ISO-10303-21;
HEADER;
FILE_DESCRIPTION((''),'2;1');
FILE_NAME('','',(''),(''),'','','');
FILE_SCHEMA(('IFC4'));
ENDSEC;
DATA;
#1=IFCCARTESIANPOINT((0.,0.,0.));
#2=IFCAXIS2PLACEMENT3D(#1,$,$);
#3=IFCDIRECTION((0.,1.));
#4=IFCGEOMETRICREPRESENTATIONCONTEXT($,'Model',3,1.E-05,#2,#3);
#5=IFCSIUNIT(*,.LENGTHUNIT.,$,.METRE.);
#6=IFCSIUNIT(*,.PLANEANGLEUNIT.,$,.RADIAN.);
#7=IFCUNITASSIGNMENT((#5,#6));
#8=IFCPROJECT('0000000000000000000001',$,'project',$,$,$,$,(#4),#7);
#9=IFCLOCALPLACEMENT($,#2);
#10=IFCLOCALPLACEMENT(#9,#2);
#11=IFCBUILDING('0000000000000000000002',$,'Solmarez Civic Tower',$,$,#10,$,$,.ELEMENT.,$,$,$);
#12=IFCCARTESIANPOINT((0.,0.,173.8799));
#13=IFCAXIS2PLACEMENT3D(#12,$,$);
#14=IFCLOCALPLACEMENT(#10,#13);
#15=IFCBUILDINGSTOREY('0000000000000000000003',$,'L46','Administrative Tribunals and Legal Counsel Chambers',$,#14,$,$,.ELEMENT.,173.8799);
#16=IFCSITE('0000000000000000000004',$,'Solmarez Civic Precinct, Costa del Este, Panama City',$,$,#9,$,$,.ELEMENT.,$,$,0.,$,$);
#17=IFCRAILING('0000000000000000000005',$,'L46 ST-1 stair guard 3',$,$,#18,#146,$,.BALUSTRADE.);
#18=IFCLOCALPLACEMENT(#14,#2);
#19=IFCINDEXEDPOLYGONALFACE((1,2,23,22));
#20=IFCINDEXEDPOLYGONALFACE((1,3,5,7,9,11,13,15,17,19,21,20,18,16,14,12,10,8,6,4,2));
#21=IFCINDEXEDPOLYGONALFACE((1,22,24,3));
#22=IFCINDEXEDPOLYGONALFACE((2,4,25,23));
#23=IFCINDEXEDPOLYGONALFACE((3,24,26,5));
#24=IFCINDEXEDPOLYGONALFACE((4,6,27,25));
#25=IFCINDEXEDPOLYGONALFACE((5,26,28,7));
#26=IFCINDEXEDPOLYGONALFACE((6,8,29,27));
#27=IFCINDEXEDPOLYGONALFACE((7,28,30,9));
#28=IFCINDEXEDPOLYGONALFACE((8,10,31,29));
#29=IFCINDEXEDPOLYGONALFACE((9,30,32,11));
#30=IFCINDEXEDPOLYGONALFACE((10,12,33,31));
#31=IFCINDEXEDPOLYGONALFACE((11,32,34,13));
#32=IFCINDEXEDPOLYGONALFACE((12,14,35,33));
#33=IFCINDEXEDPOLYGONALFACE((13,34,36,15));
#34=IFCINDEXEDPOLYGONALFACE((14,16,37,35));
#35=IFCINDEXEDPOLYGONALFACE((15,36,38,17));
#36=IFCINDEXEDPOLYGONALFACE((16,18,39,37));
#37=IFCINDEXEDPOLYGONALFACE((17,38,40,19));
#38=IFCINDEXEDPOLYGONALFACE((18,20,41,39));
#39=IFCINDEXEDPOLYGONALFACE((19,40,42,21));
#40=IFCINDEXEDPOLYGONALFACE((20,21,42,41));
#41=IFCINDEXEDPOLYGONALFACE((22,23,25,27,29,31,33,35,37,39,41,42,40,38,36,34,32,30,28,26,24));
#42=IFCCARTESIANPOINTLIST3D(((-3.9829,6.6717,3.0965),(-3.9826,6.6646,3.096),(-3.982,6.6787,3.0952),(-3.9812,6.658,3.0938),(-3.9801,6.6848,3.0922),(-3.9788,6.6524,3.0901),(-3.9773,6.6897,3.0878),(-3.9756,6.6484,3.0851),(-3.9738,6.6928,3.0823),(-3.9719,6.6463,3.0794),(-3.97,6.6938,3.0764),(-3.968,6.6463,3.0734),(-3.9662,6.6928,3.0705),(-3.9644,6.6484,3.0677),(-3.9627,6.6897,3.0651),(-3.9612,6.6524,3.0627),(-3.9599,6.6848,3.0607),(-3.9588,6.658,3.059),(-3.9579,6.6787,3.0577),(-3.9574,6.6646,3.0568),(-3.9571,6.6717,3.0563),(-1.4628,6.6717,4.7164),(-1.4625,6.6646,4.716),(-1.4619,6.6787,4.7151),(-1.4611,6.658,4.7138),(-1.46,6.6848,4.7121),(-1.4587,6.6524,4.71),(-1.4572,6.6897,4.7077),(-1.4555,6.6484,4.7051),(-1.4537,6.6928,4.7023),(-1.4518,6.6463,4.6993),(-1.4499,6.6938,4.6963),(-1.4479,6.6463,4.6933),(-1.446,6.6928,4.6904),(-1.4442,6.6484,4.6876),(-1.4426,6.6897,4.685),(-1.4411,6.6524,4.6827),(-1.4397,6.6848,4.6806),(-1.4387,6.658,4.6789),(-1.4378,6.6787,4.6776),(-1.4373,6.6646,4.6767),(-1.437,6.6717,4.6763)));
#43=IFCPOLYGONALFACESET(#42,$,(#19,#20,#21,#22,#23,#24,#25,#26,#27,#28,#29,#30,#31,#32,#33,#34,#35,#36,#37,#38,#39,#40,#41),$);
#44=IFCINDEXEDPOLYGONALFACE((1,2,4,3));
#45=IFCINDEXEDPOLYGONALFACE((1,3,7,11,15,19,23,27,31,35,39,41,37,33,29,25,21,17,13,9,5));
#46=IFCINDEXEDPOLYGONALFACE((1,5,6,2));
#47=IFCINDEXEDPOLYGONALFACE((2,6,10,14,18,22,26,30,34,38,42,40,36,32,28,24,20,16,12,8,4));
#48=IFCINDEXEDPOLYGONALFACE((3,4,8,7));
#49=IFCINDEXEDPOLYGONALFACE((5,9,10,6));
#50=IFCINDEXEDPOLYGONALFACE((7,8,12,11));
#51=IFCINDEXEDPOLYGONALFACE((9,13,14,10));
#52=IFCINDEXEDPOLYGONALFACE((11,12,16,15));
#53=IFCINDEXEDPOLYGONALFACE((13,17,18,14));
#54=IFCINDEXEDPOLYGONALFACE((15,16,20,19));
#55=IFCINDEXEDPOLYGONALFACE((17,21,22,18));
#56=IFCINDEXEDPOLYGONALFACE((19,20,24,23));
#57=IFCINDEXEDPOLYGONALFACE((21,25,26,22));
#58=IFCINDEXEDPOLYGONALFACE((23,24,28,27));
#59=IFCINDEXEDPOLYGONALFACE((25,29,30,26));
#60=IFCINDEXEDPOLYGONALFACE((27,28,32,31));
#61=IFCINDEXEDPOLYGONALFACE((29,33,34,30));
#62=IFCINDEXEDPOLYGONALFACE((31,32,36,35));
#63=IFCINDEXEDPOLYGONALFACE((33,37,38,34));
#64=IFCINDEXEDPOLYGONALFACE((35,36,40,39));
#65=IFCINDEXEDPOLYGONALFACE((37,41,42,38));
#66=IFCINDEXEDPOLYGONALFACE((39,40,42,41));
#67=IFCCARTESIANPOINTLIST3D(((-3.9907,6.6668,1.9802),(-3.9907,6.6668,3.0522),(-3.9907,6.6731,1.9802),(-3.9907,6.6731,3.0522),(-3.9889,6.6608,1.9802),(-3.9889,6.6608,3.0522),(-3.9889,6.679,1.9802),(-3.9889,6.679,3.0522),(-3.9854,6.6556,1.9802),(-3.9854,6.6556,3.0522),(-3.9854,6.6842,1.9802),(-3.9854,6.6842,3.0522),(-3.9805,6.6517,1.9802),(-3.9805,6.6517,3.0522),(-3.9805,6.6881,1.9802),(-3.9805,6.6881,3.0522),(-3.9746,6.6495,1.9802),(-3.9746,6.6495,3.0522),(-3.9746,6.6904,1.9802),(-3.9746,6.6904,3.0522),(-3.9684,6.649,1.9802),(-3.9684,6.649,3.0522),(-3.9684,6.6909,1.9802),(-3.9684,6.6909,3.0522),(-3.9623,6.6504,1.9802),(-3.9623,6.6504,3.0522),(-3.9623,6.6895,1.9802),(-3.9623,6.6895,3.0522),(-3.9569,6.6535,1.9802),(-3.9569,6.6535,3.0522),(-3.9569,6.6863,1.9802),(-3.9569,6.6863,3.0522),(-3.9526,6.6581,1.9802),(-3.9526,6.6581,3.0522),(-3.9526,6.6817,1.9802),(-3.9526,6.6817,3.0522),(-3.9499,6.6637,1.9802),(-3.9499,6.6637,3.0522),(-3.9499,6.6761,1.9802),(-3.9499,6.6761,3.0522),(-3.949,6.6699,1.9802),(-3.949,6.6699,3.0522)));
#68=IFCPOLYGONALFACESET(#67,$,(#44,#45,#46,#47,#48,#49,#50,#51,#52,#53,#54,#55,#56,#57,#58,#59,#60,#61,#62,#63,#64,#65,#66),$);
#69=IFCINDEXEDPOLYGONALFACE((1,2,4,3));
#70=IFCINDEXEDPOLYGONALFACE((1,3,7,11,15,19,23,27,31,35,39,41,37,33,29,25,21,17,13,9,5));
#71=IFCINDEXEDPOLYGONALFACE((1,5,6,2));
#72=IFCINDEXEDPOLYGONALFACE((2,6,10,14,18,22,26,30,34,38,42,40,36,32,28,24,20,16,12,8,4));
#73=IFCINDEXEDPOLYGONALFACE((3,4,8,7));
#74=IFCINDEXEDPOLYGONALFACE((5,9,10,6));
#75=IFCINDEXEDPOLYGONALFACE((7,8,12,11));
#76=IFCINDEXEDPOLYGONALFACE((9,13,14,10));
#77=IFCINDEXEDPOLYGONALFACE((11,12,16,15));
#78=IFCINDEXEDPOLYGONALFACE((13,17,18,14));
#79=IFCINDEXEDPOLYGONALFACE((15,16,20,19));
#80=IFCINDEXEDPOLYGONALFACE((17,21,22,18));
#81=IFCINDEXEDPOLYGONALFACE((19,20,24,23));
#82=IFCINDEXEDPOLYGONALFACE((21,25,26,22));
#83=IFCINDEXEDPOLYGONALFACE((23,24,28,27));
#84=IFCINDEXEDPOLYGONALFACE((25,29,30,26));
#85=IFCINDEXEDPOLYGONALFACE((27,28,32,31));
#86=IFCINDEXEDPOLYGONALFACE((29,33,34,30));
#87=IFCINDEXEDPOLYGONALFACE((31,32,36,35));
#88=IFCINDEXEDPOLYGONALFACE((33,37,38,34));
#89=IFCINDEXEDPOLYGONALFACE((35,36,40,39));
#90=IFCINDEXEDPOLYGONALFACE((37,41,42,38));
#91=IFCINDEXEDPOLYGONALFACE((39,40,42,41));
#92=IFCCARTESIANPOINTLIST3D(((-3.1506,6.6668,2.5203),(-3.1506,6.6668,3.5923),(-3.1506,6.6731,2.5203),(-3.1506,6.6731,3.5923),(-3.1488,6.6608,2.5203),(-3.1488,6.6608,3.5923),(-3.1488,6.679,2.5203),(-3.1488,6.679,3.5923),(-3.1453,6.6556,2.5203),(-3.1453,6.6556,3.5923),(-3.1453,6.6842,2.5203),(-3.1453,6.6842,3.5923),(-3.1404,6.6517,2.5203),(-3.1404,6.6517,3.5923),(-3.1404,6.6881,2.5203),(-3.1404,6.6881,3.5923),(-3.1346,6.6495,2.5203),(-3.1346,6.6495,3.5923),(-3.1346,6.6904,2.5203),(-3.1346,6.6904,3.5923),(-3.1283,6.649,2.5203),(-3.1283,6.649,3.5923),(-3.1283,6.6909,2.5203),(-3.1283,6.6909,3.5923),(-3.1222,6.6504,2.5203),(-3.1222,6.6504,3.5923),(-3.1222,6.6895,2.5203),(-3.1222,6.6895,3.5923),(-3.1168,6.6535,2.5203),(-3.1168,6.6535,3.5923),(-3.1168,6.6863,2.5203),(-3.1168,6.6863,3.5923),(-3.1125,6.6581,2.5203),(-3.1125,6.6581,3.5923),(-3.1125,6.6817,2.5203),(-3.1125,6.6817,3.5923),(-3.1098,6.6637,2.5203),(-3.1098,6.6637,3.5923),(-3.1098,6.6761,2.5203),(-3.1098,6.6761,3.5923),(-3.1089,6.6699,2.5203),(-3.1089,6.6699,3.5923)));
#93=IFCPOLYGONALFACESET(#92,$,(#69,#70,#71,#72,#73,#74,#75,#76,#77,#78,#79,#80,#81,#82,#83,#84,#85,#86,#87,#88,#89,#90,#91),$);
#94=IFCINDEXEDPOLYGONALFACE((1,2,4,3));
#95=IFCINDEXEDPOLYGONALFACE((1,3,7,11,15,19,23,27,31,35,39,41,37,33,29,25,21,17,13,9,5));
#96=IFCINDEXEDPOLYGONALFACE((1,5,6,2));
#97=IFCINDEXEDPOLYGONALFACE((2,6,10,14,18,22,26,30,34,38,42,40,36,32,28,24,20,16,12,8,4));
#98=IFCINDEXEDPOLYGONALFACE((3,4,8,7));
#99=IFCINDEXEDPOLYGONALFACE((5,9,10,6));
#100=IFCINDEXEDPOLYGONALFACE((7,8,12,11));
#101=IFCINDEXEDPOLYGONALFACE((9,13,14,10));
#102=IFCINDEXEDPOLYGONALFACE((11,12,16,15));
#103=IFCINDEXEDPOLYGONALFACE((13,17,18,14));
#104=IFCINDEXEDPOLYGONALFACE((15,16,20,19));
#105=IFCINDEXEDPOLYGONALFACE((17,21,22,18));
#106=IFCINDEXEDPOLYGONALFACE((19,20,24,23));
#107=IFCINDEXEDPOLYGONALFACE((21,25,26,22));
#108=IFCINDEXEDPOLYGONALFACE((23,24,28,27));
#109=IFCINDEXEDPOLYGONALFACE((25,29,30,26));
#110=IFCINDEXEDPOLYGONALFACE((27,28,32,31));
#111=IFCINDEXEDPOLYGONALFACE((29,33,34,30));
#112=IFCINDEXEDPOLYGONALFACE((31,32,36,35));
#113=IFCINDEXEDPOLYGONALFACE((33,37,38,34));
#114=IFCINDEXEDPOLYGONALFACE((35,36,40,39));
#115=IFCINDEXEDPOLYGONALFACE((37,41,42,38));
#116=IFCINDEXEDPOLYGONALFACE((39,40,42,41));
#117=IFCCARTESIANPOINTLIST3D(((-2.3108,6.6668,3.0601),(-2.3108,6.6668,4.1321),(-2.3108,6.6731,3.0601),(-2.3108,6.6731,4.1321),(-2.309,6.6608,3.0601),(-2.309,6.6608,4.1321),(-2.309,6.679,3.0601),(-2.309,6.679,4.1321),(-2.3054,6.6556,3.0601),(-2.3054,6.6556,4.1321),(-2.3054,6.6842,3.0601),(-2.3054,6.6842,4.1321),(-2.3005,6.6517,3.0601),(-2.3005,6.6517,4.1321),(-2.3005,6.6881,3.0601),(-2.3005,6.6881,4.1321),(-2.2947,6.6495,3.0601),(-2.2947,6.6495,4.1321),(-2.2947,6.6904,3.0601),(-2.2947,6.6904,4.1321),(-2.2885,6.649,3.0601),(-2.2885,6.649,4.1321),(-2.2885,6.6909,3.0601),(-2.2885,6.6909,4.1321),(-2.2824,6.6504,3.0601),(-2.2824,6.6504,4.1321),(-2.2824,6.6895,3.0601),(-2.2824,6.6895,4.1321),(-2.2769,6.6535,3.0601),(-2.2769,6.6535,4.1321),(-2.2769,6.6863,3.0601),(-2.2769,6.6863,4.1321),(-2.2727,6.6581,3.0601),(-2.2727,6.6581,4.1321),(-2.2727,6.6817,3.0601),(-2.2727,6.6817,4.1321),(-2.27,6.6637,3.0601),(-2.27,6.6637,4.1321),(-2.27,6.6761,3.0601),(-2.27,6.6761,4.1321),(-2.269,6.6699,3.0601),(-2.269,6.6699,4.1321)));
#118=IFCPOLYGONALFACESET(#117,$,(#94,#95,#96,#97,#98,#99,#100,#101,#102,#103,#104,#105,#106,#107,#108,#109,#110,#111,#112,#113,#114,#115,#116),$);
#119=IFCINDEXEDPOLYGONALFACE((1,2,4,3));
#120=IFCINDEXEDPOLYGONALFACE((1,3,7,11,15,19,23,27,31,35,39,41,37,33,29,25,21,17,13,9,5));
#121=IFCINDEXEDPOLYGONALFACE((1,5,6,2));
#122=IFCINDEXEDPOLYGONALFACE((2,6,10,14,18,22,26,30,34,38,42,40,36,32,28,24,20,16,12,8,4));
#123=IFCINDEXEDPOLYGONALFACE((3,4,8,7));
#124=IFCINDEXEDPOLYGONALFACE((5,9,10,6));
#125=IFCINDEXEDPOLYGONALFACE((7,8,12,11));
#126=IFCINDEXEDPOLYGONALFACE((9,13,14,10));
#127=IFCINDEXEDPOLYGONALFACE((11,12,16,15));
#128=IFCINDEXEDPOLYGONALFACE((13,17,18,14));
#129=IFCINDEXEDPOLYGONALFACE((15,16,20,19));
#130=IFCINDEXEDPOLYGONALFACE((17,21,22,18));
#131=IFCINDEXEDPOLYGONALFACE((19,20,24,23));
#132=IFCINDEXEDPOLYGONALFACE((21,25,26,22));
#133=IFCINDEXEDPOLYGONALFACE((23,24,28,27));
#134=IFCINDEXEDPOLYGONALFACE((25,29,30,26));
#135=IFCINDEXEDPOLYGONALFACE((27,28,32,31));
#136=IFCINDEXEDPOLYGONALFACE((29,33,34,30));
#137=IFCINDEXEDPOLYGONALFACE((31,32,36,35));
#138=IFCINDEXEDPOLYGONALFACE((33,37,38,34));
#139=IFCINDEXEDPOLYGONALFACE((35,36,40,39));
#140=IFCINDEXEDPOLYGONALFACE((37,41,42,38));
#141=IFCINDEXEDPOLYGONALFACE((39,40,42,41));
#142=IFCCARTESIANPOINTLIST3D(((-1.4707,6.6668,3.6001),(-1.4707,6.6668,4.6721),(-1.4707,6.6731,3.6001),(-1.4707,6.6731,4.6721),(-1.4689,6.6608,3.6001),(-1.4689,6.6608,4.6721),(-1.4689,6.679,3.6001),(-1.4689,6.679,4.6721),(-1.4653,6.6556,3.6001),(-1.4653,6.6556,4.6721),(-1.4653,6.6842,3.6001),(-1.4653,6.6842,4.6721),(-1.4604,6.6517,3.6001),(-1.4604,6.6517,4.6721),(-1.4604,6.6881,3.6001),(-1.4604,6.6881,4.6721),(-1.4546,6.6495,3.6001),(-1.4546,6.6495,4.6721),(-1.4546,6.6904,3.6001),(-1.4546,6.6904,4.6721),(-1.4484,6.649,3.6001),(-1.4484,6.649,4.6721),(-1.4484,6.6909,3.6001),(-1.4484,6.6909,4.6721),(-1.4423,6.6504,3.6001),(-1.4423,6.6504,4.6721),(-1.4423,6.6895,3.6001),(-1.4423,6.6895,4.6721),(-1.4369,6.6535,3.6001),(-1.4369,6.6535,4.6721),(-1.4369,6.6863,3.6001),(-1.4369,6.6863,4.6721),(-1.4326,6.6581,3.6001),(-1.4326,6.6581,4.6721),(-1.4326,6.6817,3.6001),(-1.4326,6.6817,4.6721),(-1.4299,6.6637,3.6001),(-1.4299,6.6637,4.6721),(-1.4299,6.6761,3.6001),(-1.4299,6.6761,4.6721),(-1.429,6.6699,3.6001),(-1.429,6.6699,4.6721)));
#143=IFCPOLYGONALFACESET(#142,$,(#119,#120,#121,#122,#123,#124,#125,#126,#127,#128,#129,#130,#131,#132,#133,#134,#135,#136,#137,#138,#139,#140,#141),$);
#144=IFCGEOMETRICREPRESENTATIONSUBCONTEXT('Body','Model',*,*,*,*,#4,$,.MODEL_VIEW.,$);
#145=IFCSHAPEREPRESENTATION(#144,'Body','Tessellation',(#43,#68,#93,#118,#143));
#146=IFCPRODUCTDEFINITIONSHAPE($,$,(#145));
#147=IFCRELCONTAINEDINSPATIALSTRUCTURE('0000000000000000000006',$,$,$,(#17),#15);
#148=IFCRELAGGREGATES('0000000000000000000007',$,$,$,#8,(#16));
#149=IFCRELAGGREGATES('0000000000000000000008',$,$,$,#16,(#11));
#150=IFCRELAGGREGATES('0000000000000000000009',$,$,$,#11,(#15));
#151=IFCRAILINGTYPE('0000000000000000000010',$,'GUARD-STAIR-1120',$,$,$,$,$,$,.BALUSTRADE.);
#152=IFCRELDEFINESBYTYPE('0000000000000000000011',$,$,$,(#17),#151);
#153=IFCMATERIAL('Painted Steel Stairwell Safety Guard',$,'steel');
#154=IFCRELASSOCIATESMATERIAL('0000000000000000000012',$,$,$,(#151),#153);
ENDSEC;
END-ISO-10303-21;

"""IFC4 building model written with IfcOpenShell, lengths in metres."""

from ifc_helpers import new_model, si_unit, direction, frame, origin, origin_2d, place, context, subcontext, project, spatial, circle, extrude, material, type_object, element, save


model = new_model("IFC4")

# Units and contexts
model_context = context("Model", 3, precision=1e-05, world=origin(), true_north=direction((0.0, 1.0)))
body_context = subcontext(model_context, "Body", "Model", "MODEL_VIEW")
ifc_project = project(units=[si_unit("LENGTHUNIT", "METRE"), si_unit("PLANEANGLEUNIT", "RADIAN")], contexts=[model_context])

# Site, building, storey
site_placement = place(None, origin())
site = spatial("IfcSite", under=ifc_project, at=site_placement, Name="Solmarez Civic Precinct, Costa del Este, Panama City", CompositionType="ELEMENT", RefElevation=0.0)
building_placement = place(site_placement, origin())
building = spatial("IfcBuilding", under=site, at=building_placement, Name="Solmarez Civic Tower", CompositionType="ELEMENT")
storey_placement = place(building_placement, frame((0.0, 0.0, 173.8799)))
storey = spatial("IfcBuildingStorey", under=building, at=storey_placement, Name="L46", Description="Administrative Tribunals and Legal Counsel Chambers", CompositionType="ELEMENT", Elevation=173.8799)

# Railing
ifc_material_1 = material(Name="Painted Steel Stairwell Safety Guard", Category="steel")
railing_type_1 = type_object("IfcRailingType", Name="GUARD-STAIR-1120", PredefinedType="BALUSTRADE", material=ifc_material_1)
railing_1_placement = place(storey_placement, frame((-3.97, 6.6699, 1.9802)))
element("IfcRailing", 1, at=railing_1_placement, inside=storey, type_object=railing_type_1, Name="L46 ST-1 stair guard 3", PredefinedType="BALUSTRADE", context=body_context, shape_type="SweptSolid", body=[
    extrude(circle(Radius=0.0239, at=origin_2d()), frame((0.0, 0.0, 1.0962), z_axis=(0.8412, 0.0, 0.540725), x_axis=(0.0, 1.0, 0.0)), (0.0, 0.0, 1.0), 2.9958),
    extrude(circle(Radius=0.021, at=origin_2d()), origin(), (0.0, 0.0, 1.0), 1.072),
    extrude(circle(Radius=0.021, at=origin_2d()), frame((0.8401, 0.0, 0.54)), (0.0, 0.0, 1.0), 1.072),
    extrude(circle(Radius=0.021, at=origin_2d()), frame((1.6799, 0.0, 1.0798)), (0.0, 0.0, 1.0), 1.072),
    extrude(circle(Radius=0.021, at=origin_2d()), frame((2.52, 0.0, 1.6199)), (0.0, 0.0, 1.0), 1.072),
])

save(model, "model.ifc")
